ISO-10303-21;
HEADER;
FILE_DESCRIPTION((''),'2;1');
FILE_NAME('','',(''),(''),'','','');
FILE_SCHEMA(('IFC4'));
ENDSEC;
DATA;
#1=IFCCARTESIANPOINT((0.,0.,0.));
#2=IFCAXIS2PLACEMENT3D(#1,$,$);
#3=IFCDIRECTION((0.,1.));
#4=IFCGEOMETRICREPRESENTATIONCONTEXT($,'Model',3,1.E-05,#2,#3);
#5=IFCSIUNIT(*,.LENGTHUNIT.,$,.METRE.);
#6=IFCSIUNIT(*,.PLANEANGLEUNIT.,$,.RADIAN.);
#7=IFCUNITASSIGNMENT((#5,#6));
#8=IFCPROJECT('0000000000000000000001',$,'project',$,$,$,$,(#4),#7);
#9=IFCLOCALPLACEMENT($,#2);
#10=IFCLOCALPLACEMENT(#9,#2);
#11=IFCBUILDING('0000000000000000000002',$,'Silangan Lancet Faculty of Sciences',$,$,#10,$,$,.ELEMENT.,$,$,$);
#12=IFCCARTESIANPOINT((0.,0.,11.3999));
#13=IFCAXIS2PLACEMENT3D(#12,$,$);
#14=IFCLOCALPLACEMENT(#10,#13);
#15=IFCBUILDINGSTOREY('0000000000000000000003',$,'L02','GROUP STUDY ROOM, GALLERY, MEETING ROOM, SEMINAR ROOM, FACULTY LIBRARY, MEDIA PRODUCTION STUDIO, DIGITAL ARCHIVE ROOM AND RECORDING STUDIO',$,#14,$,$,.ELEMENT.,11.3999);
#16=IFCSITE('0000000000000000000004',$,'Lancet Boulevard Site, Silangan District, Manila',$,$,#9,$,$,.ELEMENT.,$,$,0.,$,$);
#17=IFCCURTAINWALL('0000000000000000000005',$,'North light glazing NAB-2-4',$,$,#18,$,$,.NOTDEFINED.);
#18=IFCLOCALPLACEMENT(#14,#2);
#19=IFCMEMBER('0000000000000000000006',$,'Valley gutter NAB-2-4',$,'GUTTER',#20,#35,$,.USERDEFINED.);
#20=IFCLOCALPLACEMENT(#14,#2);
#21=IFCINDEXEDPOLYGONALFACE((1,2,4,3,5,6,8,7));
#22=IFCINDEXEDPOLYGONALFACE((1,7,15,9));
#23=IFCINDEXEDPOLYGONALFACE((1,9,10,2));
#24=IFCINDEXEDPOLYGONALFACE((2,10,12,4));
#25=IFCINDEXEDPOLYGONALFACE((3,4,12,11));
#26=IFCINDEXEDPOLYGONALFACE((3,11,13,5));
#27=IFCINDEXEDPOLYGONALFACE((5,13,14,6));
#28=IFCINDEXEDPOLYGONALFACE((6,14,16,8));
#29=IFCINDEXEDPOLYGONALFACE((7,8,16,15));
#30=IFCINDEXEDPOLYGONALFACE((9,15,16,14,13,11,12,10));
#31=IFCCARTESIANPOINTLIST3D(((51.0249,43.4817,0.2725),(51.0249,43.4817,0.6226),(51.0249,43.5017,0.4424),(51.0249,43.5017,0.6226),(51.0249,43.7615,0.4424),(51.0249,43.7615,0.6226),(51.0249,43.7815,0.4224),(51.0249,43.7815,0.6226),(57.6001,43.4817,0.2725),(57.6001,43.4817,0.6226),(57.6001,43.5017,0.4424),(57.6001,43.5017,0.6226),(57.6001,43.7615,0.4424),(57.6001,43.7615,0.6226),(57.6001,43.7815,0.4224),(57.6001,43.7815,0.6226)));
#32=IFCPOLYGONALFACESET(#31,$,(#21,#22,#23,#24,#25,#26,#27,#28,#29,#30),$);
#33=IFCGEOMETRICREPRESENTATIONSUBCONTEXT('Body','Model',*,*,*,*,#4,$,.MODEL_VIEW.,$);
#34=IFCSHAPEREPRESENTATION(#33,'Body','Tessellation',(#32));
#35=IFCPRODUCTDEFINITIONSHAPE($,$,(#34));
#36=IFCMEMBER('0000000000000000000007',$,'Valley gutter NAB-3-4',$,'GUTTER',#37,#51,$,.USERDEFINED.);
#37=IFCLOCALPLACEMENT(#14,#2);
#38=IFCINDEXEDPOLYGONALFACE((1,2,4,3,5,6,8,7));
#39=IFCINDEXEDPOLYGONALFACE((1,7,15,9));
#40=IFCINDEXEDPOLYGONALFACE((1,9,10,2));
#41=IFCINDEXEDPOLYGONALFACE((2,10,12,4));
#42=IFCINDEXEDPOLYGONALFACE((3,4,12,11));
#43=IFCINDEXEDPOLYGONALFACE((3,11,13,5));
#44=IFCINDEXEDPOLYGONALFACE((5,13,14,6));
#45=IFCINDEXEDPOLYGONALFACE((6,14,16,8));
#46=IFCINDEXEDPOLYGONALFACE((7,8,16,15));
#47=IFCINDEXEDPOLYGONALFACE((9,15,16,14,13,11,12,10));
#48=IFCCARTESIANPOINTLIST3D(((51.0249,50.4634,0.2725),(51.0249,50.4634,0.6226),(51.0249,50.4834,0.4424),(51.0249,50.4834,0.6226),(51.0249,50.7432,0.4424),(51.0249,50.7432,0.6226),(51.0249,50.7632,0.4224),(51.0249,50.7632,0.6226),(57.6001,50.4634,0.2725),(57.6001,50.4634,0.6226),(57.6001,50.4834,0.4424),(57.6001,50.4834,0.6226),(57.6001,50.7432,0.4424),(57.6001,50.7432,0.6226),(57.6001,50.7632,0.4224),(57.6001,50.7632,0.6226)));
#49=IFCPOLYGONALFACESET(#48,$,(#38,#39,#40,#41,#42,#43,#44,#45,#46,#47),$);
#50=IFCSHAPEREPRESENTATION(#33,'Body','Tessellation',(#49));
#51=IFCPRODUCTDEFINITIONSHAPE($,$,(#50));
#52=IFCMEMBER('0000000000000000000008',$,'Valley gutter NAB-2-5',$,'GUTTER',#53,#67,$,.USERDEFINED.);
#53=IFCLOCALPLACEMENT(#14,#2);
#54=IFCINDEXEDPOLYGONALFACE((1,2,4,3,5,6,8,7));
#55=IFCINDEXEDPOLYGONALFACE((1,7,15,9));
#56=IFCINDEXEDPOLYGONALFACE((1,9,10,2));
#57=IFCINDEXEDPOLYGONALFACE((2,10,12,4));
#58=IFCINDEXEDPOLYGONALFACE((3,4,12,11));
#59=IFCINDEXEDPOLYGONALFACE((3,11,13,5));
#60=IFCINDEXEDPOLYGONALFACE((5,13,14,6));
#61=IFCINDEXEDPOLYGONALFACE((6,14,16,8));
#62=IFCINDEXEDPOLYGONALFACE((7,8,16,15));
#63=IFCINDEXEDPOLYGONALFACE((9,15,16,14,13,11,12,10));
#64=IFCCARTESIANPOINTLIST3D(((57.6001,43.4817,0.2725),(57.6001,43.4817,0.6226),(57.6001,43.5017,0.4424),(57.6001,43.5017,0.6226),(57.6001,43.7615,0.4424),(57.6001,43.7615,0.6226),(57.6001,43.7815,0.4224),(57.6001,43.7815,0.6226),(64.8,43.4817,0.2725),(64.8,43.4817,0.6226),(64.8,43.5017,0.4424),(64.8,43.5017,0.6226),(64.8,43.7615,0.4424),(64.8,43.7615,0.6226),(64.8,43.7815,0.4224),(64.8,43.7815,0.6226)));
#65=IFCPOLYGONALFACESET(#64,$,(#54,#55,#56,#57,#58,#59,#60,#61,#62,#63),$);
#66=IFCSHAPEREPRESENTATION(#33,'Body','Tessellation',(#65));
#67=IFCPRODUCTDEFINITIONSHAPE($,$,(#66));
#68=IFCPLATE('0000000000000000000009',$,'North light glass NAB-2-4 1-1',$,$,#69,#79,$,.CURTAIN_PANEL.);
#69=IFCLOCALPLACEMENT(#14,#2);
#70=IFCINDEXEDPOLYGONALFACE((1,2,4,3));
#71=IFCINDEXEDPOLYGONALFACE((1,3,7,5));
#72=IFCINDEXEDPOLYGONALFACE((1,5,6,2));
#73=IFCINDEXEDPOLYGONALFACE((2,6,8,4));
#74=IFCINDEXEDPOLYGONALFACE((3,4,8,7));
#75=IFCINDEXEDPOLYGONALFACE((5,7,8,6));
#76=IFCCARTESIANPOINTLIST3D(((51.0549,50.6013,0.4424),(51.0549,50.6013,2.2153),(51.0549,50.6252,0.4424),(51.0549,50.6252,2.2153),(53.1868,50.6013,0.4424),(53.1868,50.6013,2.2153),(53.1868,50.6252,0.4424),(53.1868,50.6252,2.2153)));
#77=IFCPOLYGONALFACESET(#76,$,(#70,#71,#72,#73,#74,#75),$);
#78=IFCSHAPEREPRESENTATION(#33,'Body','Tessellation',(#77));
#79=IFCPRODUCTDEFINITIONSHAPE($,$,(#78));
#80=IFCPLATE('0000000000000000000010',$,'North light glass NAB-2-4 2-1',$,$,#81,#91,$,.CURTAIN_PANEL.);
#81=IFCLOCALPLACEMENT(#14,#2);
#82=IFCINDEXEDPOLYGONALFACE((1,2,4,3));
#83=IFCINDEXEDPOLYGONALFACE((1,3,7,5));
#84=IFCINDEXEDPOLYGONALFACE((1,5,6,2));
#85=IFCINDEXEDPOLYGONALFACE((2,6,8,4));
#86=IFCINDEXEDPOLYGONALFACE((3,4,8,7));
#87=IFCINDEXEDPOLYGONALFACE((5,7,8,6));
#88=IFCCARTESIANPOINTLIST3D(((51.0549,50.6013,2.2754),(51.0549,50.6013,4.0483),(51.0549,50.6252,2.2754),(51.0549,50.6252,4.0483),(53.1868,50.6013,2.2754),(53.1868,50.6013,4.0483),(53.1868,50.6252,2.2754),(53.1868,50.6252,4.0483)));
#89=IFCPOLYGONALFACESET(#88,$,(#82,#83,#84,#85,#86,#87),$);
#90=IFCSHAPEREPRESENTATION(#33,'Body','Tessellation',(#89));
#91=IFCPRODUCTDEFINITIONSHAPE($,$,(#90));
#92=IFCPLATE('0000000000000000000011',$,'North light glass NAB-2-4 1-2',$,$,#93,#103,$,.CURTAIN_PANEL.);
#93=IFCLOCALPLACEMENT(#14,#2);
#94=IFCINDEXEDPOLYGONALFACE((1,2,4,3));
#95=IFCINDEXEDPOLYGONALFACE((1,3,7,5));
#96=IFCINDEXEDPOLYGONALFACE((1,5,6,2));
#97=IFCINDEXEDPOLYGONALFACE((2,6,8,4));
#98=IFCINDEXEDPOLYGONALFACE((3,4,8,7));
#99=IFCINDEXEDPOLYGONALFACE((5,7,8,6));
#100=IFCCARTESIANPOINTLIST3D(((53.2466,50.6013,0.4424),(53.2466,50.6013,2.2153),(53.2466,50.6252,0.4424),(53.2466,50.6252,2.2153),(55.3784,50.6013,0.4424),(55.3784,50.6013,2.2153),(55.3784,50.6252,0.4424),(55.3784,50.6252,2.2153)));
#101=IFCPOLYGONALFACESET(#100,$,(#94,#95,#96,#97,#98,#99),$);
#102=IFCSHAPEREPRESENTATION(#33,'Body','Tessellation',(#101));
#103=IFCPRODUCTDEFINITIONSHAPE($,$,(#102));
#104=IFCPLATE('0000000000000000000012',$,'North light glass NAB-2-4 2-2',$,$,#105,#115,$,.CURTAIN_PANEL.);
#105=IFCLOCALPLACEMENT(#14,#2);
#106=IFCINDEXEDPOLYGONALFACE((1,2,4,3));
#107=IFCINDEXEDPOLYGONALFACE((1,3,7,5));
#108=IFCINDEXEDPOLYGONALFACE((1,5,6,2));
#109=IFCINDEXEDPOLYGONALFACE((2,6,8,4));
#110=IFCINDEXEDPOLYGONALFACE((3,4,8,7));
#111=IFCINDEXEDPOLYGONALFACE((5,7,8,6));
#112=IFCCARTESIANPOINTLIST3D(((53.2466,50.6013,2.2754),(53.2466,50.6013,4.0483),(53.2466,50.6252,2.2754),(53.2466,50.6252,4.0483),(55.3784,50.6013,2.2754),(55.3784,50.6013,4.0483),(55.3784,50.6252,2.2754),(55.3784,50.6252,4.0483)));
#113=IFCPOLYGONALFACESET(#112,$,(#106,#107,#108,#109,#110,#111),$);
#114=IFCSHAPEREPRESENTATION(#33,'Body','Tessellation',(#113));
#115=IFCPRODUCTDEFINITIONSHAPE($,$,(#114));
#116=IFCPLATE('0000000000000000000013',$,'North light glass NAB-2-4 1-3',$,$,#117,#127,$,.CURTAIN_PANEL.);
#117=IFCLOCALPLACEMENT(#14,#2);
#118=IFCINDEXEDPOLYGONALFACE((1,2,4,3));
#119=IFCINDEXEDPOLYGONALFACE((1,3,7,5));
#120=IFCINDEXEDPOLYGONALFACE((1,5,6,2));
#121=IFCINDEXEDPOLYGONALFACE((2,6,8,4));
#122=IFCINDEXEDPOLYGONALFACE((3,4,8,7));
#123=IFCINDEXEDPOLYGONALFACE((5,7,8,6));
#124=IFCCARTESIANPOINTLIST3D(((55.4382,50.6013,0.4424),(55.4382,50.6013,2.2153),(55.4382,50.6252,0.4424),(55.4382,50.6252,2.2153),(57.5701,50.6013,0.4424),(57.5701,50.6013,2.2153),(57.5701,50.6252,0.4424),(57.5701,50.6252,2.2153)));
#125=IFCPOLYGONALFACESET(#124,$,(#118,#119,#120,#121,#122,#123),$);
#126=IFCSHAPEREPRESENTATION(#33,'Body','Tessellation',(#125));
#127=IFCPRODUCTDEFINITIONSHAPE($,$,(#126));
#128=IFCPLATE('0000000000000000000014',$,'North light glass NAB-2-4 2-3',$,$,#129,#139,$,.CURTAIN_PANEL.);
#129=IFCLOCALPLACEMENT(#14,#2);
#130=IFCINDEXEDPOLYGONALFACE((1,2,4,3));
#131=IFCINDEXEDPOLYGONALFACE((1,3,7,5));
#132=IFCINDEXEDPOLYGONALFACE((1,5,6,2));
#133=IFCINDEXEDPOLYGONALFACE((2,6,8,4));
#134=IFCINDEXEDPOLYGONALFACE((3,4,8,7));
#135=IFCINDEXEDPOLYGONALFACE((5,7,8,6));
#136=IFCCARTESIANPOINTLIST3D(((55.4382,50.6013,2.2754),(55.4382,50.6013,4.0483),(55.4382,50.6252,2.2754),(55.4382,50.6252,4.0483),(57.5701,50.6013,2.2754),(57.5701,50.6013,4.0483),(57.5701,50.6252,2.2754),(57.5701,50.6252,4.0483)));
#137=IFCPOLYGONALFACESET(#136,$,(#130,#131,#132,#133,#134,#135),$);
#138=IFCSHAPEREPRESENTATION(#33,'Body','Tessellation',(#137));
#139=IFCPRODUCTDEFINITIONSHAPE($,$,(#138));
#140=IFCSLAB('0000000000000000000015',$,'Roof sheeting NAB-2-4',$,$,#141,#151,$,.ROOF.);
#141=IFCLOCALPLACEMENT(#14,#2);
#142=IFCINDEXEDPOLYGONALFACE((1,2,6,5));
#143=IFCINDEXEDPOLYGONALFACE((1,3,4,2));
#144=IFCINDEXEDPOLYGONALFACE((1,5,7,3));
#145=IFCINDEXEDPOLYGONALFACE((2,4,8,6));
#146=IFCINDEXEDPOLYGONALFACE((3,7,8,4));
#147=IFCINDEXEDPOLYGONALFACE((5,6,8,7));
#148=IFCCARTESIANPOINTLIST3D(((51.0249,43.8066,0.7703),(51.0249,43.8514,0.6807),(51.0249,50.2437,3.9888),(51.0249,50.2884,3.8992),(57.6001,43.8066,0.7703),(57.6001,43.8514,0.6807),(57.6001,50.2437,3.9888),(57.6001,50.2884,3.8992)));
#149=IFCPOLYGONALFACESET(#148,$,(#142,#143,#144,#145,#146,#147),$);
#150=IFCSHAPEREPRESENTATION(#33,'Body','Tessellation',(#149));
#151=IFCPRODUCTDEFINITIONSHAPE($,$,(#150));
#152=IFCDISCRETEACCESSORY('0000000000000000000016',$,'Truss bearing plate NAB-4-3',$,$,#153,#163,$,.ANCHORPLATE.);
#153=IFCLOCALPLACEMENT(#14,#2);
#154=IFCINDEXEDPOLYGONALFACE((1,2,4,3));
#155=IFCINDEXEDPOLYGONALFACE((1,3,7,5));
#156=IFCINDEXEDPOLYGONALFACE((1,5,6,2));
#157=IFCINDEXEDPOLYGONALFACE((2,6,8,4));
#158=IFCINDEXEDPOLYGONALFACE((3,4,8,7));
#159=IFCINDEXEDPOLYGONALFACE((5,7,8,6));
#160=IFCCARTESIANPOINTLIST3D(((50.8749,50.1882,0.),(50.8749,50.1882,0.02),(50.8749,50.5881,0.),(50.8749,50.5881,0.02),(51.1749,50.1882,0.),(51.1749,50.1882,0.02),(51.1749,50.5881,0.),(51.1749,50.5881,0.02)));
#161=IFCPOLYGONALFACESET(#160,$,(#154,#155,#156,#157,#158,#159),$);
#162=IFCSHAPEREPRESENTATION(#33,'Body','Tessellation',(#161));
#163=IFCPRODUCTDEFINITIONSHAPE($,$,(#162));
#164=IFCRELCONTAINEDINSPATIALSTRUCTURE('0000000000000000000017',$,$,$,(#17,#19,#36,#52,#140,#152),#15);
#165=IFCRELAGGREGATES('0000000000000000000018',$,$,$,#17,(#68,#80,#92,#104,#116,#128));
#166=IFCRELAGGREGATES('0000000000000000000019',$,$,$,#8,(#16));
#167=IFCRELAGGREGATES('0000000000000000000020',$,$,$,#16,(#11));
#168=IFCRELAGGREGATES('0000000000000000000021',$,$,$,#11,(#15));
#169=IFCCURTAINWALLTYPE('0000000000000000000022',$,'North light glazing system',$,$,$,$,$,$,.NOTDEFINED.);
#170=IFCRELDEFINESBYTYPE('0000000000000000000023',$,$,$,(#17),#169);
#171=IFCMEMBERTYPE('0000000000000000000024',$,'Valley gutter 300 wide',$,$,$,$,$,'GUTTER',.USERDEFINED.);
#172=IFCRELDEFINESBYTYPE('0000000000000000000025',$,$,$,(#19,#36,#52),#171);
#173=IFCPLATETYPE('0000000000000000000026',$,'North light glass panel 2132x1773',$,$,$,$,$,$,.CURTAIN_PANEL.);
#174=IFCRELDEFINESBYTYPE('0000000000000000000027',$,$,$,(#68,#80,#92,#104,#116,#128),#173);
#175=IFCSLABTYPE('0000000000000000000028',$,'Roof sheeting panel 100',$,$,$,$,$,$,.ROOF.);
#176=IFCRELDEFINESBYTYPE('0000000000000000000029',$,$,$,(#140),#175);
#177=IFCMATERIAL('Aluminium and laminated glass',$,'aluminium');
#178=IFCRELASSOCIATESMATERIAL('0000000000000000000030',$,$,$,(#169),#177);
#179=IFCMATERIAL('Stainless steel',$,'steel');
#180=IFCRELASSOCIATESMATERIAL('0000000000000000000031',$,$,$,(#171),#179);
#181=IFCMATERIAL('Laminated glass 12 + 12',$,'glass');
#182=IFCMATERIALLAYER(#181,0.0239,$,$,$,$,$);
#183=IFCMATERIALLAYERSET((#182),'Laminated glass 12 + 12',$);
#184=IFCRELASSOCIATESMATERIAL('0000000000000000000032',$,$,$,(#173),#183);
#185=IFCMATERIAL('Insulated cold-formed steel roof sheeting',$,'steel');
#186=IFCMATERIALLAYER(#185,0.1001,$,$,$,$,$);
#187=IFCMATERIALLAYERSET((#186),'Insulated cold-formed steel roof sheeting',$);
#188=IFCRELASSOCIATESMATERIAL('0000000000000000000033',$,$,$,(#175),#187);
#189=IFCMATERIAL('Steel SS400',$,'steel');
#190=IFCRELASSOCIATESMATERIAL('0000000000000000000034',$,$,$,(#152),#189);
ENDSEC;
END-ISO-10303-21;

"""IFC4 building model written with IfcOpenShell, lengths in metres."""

from ifc_helpers import new_model, si_unit, direction, frame, origin, origin_2d, place, context, subcontext, project, spatial, polyline, rectangle, outline, extrude, material, layer, layer_set, material_profile, profile_set, type_object, element, aggregate, save


model = new_model("IFC4")

# Units and contexts
model_context = context("Model", 3, precision=1e-05, world=origin(), true_north=direction((0.0, 1.0)))
body_context = subcontext(model_context, "Body", "Model", "MODEL_VIEW")
ifc_project = project(units=[si_unit("LENGTHUNIT", "METRE"), si_unit("PLANEANGLEUNIT", "RADIAN")], contexts=[model_context])

# Site, building, storey
site_placement = place(None, origin())
site = spatial("IfcSite", under=ifc_project, at=site_placement, Name="Lancet Boulevard Site, Silangan District, Manila", CompositionType="ELEMENT", RefElevation=0.0)
building_placement = place(site_placement, origin())
building = spatial("IfcBuilding", under=site, at=building_placement, Name="Silangan Lancet Faculty of Sciences", CompositionType="ELEMENT")
storey_placement = place(building_placement, frame((0.0, 0.0, 11.3999)))
storey = spatial("IfcBuildingStorey", under=building, at=storey_placement, Name="L02", Description="GROUP STUDY ROOM, GALLERY, MEETING ROOM, SEMINAR ROOM, FACULTY LIBRARY, MEDIA PRODUCTION STUDIO, DIGITAL ARCHIVE ROOM AND RECORDING STUDIO", CompositionType="ELEMENT", Elevation=11.3999)

# Shared definitions
ifc_material_1 = material(Name="Aluminium and laminated glass", Category="aluminium")
curtain_wall_type = type_object("IfcCurtainWallType", Name="North light glazing system", PredefinedType="NOTDEFINED", material=ifc_material_1)

# Curtain wall
curtain_wall_1_placement = place(storey_placement, origin())
curtain_wall_1 = element("IfcCurtainWall", 1, at=curtain_wall_1_placement, inside=storey, type_object=curtain_wall_type, Name="North light glazing NAB-2-4", PredefinedType="NOTDEFINED")

# Members
ifc_material_2 = material(Name="Stainless steel", Category="steel")
ifc_material_profile_1 = material_profile(ifc_material_2, outline(polyline([(-0.1499, 0.0), (0.1499, 0.1499), (0.1499, 0.3501), (0.1299, 0.3501), (0.1299, 0.1699), (-0.1299, 0.1699), (-0.1299, 0.3501), (-0.1499, 0.3501), (-0.1499, 0.0)])), Name="valley gutter")
ifc_profile_set_1 = profile_set([ifc_material_profile_1], Name="Stainless steel")
member_type_1 = type_object("IfcMemberType", Name="Valley gutter 300 wide", ElementType="GUTTER", PredefinedType="USERDEFINED", material=ifc_profile_set_1)
for number, where, z_axis, x_axis, name in (
    (2, (51.0249, 43.6316, 0.2725), (1.0, 0.0, 0.0), (0.0, 1.0, 0.0), "Valley gutter NAB-2-4"),
    (3, (51.0249, 50.6133, 0.2725), (1.0, 0.0, 0.0), (0.0, 1.0, 0.0), "Valley gutter NAB-3-4"),
):
    element("IfcMember", number, at=place(storey_placement, frame(where, z_axis=z_axis, x_axis=x_axis)), inside=storey, type_object=member_type_1, Name=name, ObjectType="GUTTER", PredefinedType="USERDEFINED", context=body_context, shape_type="SweptSolid", body=[
        extrude(outline(polyline([(-0.1499, 0.0), (0.1499, 0.1499), (0.1499, 0.3501), (0.1299, 0.3501), (0.1299, 0.1699), (-0.1299, 0.1699), (-0.1299, 0.3501), (-0.1499, 0.3501), (-0.1499, 0.0)])), origin(), (0.0, 0.0, 1.0), 6.5752),
    ])
member_1_placement = place(storey_placement, frame((57.6001, 43.6316, 0.2725), z_axis=(1.0, 0.0, 0.0), x_axis=(0.0, 1.0, 0.0)))
element("IfcMember", 4, at=member_1_placement, inside=storey, type_object=member_type_1, Name="Valley gutter NAB-2-5", ObjectType="GUTTER", PredefinedType="USERDEFINED", context=body_context, shape_type="SweptSolid", body=[
    extrude(outline(polyline([(-0.1499, 0.0), (0.1499, 0.1499), (0.1499, 0.3501), (0.1299, 0.3501), (0.1299, 0.1699), (-0.1299, 0.1699), (-0.1299, 0.3501), (-0.1499, 0.3501), (-0.1499, 0.0)])), origin(), (0.0, 0.0, 1.0), 7.2),
])

# Plates
ifc_material_3 = material(Name="Laminated glass 12 + 12", Category="glass")
ifc_layer_1 = layer(ifc_material_3, 0.0239)
ifc_layer_set_1 = layer_set([ifc_layer_1], Name="Laminated glass 12 + 12")
plate_type = type_object("IfcPlateType", Name="North light glass panel 2132x1773", PredefinedType="CURTAIN_PANEL", material=ifc_layer_set_1)
plate_1_placement = place(storey_placement, frame((51.0549, 50.6013, 0.4424), z_axis=(0.0, -1.0, 0.0), x_axis=(1.0, 0.0, 0.0)))
plate_1 = element("IfcPlate", 5, at=plate_1_placement, type_object=plate_type, Name="North light glass NAB-2-4 1-1", PredefinedType="CURTAIN_PANEL", context=body_context, shape_type="SweptSolid", body=[
    extrude(outline(polyline([(0.0, 0.0), (2.1318, 0.0), (2.1318, 1.7729), (0.0, 1.7729), (0.0, 0.0)])), origin(), (0.0, 0.0, -1.0), 0.0239),
])
plate_2_placement = place(storey_placement, frame((51.0549, 50.6013, 2.2754), z_axis=(0.0, -1.0, 0.0), x_axis=(1.0, 0.0, 0.0)))
plate_2 = element("IfcPlate", 6, at=plate_2_placement, type_object=plate_type, Name="North light glass NAB-2-4 2-1", PredefinedType="CURTAIN_PANEL", context=body_context, shape_type="SweptSolid", body=[
    extrude(outline(polyline([(0.0, 0.0), (2.1318, 0.0), (2.1318, 1.7729), (0.0, 1.7729), (0.0, 0.0)])), origin(), (0.0, 0.0, -1.0), 0.0239),
])
plate_3_placement = place(storey_placement, frame((53.2466, 50.6013, 0.4424), z_axis=(0.0, -1.0, 0.0), x_axis=(1.0, 0.0, 0.0)))
plate_3 = element("IfcPlate", 7, at=plate_3_placement, type_object=plate_type, Name="North light glass NAB-2-4 1-2", PredefinedType="CURTAIN_PANEL", context=body_context, shape_type="SweptSolid", body=[
    extrude(outline(polyline([(0.0, 0.0), (2.1318, 0.0), (2.1318, 1.7729), (0.0, 1.7729), (0.0, 0.0)])), origin(), (0.0, 0.0, -1.0), 0.0239),
])
plate_4_placement = place(storey_placement, frame((53.2466, 50.6013, 2.2754), z_axis=(0.0, -1.0, 0.0), x_axis=(1.0, 0.0, 0.0)))
plate_4 = element("IfcPlate", 8, at=plate_4_placement, type_object=plate_type, Name="North light glass NAB-2-4 2-2", PredefinedType="CURTAIN_PANEL", context=body_context, shape_type="SweptSolid", body=[
    extrude(outline(polyline([(0.0, 0.0), (2.1318, 0.0), (2.1318, 1.7729), (0.0, 1.7729), (0.0, 0.0)])), origin(), (0.0, 0.0, -1.0), 0.0239),
])
plate_5_placement = place(storey_placement, frame((55.4382, 50.6013, 0.4424), z_axis=(0.0, -1.0, 0.0), x_axis=(1.0, 0.0, 0.0)))
plate_5 = element("IfcPlate", 9, at=plate_5_placement, type_object=plate_type, Name="North light glass NAB-2-4 1-3", PredefinedType="CURTAIN_PANEL", context=body_context, shape_type="SweptSolid", body=[
    extrude(outline(polyline([(0.0, 0.0), (2.1318, 0.0), (2.1318, 1.7729), (0.0, 1.7729), (0.0, 0.0)])), origin(), (0.0, 0.0, -1.0), 0.0239),
])
plate_6_placement = place(storey_placement, frame((55.4382, 50.6013, 2.2754), z_axis=(0.0, -1.0, 0.0), x_axis=(1.0, 0.0, 0.0)))
plate_6 = element("IfcPlate", 10, at=plate_6_placement, type_object=plate_type, Name="North light glass NAB-2-4 2-3", PredefinedType="CURTAIN_PANEL", context=body_context, shape_type="SweptSolid", body=[
    extrude(outline(polyline([(0.0, 0.0), (2.1318, 0.0), (2.1318, 1.7729), (0.0, 1.7729), (0.0, 0.0)])), origin(), (0.0, 0.0, -1.0), 0.0239),
])
aggregate(curtain_wall_1, [plate_1, plate_2, plate_3, plate_4, plate_5, plate_6])

# Slab
ifc_material_4 = material(Name="Insulated cold-formed steel roof sheeting", Category="steel")
ifc_layer_2 = layer(ifc_material_4, 0.1001)
ifc_layer_set_2 = layer_set([ifc_layer_2], Name="Insulated cold-formed steel roof sheeting")
slab_type = type_object("IfcSlabType", Name="Roof sheeting panel 100", PredefinedType="ROOF", material=ifc_layer_set_2)
slab_placement = place(storey_placement, frame((51.0249, 43.8066, 0.7703), z_axis=(0.0, -0.447214, 0.894427), x_axis=(1.0, 0.0, 0.0)))
element("IfcSlab", 11, at=slab_placement, inside=storey, type_object=slab_type, Name="Roof sheeting NAB-2-4", PredefinedType="ROOF", context=body_context, shape_type="SweptSolid", body=[
    extrude(outline(polyline([(0.0, 0.0), (6.5752, 0.0), (6.5752, 7.1968), (0.0, 7.1968), (0.0, 0.0)])), origin(), (0.0, 0.0, -1.0), 0.1001),
])

# Discrete accessory
ifc_material_5 = material(Name="Steel SS400", Category="steel")
discrete_accessory_placement = place(storey_placement, frame((51.0249, 50.3882, 0.0), z_axis=(0.0, 0.0, 1.0), x_axis=(1.0, 0.0, 0.0)))
element("IfcDiscreteAccessory", 12, at=discrete_accessory_placement, inside=storey, material=ifc_material_5, Name="Truss bearing plate NAB-4-3", PredefinedType="ANCHORPLATE", context=body_context, shape_type="SweptSolid", body=[
    extrude(rectangle(XDim=0.3, YDim=0.3999, at=origin_2d()), origin(), (0.0, 0.0, 1.0), 0.02),
])

save(model, "model.ifc")
